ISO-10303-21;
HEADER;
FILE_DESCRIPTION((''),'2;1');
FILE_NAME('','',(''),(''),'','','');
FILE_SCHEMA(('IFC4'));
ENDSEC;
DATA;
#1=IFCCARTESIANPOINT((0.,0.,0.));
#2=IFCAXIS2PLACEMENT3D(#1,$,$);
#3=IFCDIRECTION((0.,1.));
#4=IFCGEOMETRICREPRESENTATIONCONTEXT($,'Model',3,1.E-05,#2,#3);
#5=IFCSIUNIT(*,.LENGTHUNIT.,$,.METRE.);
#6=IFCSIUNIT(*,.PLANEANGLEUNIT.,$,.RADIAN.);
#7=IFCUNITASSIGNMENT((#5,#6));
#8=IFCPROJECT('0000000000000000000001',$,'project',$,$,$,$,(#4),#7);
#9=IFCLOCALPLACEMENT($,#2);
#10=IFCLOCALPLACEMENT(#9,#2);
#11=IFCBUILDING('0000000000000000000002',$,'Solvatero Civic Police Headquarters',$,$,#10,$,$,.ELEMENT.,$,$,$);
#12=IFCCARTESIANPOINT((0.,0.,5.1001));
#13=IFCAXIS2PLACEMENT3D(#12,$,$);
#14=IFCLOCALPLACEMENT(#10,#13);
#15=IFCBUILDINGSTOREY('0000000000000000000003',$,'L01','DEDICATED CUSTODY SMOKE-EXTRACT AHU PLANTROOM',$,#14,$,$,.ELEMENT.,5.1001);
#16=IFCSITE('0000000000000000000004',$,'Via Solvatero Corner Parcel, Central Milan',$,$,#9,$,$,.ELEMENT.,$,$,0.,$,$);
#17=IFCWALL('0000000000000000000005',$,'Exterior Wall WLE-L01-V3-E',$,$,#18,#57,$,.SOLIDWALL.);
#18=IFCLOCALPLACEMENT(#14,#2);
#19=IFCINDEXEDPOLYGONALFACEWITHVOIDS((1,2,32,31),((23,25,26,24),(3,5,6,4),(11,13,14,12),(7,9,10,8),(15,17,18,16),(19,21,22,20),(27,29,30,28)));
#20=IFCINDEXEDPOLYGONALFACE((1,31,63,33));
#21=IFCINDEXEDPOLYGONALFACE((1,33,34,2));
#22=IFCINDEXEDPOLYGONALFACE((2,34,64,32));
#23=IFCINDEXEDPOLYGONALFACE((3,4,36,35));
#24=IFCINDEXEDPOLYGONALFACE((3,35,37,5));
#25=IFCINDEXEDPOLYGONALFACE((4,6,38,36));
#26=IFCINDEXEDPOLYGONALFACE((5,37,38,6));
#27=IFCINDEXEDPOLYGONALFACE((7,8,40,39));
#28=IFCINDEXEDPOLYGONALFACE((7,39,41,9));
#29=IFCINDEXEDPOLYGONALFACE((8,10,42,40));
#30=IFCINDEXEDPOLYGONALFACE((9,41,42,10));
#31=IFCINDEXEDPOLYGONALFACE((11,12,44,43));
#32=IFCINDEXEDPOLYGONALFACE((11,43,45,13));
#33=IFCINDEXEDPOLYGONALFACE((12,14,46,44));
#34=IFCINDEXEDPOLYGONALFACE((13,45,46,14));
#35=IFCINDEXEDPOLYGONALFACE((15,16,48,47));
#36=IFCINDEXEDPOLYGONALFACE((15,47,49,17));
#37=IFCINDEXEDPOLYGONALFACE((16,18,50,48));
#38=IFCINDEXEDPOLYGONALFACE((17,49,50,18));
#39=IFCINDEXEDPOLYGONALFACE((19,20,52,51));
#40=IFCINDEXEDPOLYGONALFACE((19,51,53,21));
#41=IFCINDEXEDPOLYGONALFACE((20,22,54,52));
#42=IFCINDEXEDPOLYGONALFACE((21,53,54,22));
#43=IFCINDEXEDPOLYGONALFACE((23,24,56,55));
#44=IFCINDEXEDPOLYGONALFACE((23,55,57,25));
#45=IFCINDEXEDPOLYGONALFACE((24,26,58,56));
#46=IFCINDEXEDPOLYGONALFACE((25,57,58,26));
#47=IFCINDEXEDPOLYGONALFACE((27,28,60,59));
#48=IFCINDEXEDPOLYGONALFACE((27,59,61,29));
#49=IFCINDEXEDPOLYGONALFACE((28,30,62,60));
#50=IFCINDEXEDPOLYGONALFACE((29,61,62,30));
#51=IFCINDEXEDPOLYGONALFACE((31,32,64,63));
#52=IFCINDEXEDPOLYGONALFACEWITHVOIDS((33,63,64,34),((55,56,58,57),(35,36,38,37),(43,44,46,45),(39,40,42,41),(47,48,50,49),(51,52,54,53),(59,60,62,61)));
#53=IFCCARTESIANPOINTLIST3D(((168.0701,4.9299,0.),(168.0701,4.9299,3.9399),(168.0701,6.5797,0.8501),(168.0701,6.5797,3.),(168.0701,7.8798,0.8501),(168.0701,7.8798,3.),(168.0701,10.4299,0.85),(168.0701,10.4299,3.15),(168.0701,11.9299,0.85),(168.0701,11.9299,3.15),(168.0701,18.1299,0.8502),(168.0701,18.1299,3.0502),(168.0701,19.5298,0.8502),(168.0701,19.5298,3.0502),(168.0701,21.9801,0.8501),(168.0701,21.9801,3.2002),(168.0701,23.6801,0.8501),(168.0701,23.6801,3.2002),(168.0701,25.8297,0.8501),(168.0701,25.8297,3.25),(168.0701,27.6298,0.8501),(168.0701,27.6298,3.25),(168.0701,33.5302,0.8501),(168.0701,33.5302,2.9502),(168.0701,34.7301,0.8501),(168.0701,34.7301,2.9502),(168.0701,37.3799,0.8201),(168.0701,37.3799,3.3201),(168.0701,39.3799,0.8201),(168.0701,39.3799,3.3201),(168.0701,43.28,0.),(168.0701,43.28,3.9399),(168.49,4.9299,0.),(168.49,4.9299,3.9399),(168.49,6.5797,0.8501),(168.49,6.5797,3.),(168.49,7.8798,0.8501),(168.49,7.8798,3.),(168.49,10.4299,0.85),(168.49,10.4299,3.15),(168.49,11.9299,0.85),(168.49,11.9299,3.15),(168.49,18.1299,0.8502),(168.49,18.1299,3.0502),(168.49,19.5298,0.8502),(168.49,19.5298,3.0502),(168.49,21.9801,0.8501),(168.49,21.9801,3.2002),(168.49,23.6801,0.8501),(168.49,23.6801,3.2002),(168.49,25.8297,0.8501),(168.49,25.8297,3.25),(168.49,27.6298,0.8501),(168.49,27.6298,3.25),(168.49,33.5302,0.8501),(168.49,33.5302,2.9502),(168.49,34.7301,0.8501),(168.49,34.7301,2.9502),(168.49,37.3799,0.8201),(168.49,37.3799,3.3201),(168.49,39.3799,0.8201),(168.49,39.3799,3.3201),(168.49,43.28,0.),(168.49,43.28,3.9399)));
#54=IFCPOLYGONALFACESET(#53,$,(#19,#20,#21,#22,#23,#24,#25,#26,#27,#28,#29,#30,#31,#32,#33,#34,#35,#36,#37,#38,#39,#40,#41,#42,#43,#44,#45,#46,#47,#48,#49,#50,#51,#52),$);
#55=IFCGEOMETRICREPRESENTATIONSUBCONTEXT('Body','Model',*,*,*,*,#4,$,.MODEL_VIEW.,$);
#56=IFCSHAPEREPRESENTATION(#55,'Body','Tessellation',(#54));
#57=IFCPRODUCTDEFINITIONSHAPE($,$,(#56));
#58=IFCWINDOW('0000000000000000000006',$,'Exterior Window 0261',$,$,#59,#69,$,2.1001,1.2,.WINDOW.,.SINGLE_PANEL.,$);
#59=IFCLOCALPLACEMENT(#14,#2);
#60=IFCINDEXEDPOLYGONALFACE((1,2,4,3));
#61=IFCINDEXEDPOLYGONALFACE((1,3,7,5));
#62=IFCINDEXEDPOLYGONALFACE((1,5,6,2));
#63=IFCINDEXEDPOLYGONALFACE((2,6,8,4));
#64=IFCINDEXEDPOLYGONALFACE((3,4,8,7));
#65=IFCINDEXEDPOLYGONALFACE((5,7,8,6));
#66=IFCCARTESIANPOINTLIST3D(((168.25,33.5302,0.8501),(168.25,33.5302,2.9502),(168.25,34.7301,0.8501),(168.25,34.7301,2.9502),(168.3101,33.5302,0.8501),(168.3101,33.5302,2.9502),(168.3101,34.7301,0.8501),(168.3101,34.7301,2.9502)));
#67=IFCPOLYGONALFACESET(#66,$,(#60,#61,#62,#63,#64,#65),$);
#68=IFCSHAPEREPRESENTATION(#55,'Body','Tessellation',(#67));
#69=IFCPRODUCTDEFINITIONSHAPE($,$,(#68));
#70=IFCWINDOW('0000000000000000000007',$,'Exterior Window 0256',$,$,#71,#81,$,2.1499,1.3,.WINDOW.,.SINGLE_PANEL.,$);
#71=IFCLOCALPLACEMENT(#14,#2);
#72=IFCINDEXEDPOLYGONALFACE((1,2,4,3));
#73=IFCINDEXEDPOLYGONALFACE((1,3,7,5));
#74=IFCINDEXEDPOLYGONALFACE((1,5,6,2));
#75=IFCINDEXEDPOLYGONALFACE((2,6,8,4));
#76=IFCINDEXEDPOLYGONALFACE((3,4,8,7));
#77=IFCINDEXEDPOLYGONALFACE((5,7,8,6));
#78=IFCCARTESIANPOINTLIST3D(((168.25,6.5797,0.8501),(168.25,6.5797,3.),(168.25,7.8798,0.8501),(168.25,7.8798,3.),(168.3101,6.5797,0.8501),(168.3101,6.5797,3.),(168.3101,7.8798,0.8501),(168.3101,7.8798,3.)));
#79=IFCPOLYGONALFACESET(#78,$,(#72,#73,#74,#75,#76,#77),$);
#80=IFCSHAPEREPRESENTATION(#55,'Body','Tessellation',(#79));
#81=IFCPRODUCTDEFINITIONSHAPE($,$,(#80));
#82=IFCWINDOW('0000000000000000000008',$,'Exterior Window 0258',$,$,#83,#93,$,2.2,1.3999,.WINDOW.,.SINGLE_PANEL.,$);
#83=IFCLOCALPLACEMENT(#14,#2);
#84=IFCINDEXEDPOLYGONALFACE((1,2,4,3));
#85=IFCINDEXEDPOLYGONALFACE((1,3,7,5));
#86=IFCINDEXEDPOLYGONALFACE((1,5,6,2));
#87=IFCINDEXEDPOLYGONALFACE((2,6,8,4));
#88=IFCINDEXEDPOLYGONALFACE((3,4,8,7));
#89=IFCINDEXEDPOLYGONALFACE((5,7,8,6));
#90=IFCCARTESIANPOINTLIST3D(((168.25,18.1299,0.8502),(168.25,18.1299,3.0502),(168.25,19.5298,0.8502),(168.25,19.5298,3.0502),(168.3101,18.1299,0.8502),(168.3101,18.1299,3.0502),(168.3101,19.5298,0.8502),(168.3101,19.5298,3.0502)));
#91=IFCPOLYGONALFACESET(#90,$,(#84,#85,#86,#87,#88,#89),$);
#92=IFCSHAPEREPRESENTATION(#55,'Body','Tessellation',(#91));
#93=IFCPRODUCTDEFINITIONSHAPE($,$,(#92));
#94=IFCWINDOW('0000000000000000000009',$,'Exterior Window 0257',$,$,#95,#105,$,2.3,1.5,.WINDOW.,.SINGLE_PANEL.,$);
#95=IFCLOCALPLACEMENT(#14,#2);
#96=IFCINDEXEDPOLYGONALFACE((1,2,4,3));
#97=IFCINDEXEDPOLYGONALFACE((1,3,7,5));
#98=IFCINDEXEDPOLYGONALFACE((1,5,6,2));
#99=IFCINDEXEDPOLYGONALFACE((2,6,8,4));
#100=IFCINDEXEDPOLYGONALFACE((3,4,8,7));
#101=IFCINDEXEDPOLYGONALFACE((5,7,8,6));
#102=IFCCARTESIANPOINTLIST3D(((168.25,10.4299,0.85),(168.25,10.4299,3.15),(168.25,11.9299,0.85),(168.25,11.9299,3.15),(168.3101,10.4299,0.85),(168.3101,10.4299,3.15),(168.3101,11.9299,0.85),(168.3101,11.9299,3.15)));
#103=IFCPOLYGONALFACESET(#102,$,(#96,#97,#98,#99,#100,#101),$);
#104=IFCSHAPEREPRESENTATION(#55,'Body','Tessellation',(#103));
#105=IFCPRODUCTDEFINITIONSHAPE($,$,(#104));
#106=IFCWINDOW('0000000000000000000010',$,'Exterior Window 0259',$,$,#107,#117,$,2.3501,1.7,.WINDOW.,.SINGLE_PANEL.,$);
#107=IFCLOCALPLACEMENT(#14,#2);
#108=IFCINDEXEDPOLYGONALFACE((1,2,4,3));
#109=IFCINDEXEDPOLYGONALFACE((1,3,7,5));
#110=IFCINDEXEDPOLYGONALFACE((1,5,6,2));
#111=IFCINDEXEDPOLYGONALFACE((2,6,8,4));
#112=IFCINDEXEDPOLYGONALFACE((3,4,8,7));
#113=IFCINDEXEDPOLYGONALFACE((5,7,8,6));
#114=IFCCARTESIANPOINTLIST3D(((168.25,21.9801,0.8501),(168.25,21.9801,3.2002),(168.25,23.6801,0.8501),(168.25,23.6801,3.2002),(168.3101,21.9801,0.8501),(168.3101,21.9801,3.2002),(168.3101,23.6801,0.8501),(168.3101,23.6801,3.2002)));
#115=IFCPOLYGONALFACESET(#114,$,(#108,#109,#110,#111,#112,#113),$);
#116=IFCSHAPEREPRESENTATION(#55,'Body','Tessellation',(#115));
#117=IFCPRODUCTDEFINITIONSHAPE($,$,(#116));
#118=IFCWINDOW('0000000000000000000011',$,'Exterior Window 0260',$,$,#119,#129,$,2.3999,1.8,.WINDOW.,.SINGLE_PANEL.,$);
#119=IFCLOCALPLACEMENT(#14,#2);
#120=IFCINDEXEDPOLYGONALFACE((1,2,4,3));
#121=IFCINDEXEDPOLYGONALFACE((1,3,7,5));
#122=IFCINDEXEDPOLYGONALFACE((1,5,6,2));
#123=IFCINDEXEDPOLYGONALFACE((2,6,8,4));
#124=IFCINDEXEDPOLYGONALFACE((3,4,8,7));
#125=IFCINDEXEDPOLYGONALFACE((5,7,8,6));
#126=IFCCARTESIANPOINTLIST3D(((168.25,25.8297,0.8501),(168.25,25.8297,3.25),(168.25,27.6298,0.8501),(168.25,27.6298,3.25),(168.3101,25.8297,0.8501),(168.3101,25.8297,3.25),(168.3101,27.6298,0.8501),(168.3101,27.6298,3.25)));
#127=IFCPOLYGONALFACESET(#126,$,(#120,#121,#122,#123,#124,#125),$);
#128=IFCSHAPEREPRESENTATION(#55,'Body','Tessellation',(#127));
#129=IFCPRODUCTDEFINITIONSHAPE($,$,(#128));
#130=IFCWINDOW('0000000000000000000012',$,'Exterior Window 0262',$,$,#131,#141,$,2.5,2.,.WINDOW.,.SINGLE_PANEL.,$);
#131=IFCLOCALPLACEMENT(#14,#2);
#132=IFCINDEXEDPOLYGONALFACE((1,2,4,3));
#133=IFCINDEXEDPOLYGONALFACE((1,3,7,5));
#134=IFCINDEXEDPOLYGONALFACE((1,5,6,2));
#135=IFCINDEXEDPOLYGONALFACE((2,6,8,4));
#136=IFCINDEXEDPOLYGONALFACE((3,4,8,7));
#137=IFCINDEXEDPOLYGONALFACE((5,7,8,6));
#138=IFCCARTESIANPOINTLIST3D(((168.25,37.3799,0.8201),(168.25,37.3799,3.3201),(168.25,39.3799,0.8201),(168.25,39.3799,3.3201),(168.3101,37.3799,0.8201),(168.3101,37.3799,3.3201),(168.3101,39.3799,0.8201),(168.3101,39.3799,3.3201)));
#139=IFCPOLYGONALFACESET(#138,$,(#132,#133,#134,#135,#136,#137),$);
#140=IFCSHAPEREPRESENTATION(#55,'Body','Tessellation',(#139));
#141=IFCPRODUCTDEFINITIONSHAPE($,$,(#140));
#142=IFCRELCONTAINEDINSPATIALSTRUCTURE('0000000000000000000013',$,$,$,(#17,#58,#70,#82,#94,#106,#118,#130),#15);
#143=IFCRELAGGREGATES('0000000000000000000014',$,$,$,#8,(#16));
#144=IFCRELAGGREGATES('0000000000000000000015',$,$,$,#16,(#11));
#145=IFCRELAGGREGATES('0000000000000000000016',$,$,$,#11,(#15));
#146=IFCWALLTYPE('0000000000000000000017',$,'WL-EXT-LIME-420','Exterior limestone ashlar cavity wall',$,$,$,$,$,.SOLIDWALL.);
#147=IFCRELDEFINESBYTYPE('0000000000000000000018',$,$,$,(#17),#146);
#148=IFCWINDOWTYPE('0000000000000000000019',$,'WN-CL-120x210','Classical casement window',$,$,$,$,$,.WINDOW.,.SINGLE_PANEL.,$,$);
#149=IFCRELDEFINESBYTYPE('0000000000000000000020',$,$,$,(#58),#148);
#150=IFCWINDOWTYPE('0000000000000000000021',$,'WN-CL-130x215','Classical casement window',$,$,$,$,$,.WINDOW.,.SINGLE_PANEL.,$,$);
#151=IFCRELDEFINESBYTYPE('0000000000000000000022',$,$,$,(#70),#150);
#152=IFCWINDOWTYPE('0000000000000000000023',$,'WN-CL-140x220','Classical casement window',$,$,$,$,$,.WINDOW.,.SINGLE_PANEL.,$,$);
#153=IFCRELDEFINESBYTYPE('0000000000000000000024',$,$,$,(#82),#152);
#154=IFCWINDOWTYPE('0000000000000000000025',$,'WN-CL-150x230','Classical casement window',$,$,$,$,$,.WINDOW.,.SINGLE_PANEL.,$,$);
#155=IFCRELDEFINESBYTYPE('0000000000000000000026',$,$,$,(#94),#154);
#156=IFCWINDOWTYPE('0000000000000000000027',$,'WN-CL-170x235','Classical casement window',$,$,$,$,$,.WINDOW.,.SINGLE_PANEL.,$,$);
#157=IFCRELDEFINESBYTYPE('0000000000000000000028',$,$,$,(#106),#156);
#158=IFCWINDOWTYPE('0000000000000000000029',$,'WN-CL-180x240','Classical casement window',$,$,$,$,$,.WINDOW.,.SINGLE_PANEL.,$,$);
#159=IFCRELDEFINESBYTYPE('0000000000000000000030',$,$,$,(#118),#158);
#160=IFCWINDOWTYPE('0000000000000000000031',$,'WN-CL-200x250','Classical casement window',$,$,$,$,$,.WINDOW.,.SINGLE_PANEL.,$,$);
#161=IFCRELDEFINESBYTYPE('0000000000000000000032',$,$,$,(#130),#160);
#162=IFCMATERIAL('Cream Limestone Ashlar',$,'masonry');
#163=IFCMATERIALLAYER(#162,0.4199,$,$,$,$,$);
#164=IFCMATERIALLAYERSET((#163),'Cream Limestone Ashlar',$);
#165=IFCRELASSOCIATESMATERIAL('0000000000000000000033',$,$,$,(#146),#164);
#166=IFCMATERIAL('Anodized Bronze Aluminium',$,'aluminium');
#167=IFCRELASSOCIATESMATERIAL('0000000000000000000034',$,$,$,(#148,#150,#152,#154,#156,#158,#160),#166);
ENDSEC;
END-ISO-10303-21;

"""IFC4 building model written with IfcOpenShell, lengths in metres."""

from ifc_helpers import new_model, si_unit, direction, frame, frame_2d, origin, place, context, subcontext, project, spatial, rectangle, extrude, material, layer, layer_set, type_object, element, fill, save


model = new_model("IFC4")

# Units and contexts
model_context = context("Model", 3, precision=1e-05, world=origin(), true_north=direction((0.0, 1.0)))
body_context = subcontext(model_context, "Body", "Model", "MODEL_VIEW")
ifc_project = project(units=[si_unit("LENGTHUNIT", "METRE"), si_unit("PLANEANGLEUNIT", "RADIAN")], contexts=[model_context])

# Site, building, storey
site_placement = place(None, origin())
site = spatial("IfcSite", under=ifc_project, at=site_placement, Name="Via Solvatero Corner Parcel, Central Milan", CompositionType="ELEMENT", RefElevation=0.0)
building_placement = place(site_placement, origin())
building = spatial("IfcBuilding", under=site, at=building_placement, Name="Solvatero Civic Police Headquarters", CompositionType="ELEMENT")
storey_placement = place(building_placement, frame((0.0, 0.0, 5.1001)))
storey = spatial("IfcBuildingStorey", under=building, at=storey_placement, Name="L01", Description="DEDICATED CUSTODY SMOKE-EXTRACT AHU PLANTROOM", CompositionType="ELEMENT", Elevation=5.1001)

# Wall, openings, windows
ifc_material_1 = material(Name="Cream Limestone Ashlar", Category="masonry")
ifc_layer_1 = layer(ifc_material_1, 0.4199)
ifc_layer_set_1 = layer_set([ifc_layer_1], Name="Cream Limestone Ashlar")
wall_type_1 = type_object("IfcWallType", Name="WL-EXT-LIME-420", Description="Exterior limestone ashlar cavity wall", PredefinedType="SOLIDWALL", material=ifc_layer_set_1)
wall_1_placement = place(storey_placement, frame((168.28, 4.9299, 0.0), z_axis=(0.0, 0.0, 1.0), x_axis=(0.0, 1.0, 0.0)))
wall_1 = element("IfcWall", 1, at=wall_1_placement, inside=storey, type_object=wall_type_1, Name="Exterior Wall WLE-L01-V3-E", PredefinedType="SOLIDWALL", context=body_context, shape_type="SweptSolid", body=[
    extrude(rectangle(XDim=38.3501, YDim=0.4199, at=frame_2d((19.175, 0.0))), origin(), (0.0, 0.0, 1.0), 3.9399),
])
opening_1_placement = place(wall_1_placement, frame((1.6499, 0.0, 0.8501)))
opening_1 = element("IfcOpeningElement", 2, at=opening_1_placement, cuts=wall_1, PredefinedType="OPENING", context=body_context, shape_type="SweptSolid", body=[
    extrude(rectangle(XDim=1.3, YDim=2.1499, at=frame_2d((0.6499, 1.075))), frame((0.0, 0.22, 0.0), z_axis=(0.0, -1.0, 0.0), x_axis=(1.0, 0.0, 0.0)), (0.0, 0.0, 1.0), 0.4399),
])
opening_2_placement = place(wall_1_placement, frame((5.5, 0.0, 0.8501)))
opening_2 = element("IfcOpeningElement", 3, at=opening_2_placement, cuts=wall_1, PredefinedType="OPENING", context=body_context, shape_type="SweptSolid", body=[
    extrude(rectangle(XDim=1.5, YDim=2.3, at=frame_2d((0.75, 1.1499))), frame((0.0, 0.22, 0.0), z_axis=(0.0, -1.0, 0.0), x_axis=(1.0, 0.0, 0.0)), (0.0, 0.0, 1.0), 0.4399),
])
opening_3_placement = place(wall_1_placement, frame((13.2, 0.0, 0.8501)))
opening_3 = element("IfcOpeningElement", 4, at=opening_3_placement, cuts=wall_1, PredefinedType="OPENING", context=body_context, shape_type="SweptSolid", body=[
    extrude(rectangle(XDim=1.3999, YDim=2.2, at=frame_2d((0.7, 1.1001))), frame((0.0, 0.22, 0.0), z_axis=(0.0, -1.0, 0.0), x_axis=(1.0, 0.0, 0.0)), (0.0, 0.0, 1.0), 0.4399),
])
opening_4_placement = place(wall_1_placement, frame((17.05, 0.0, 0.8501)))
opening_4 = element("IfcOpeningElement", 5, at=opening_4_placement, cuts=wall_1, PredefinedType="OPENING", context=body_context, shape_type="SweptSolid", body=[
    extrude(rectangle(XDim=1.7, YDim=2.3501, at=frame_2d((0.8501, 1.175))), frame((0.0, 0.22, 0.0), z_axis=(0.0, -1.0, 0.0), x_axis=(1.0, 0.0, 0.0)), (0.0, 0.0, 1.0), 0.4399),
])
opening_5_placement = place(wall_1_placement, frame((20.8999, 0.0, 0.8501)))
opening_5 = element("IfcOpeningElement", 6, at=opening_5_placement, cuts=wall_1, PredefinedType="OPENING", context=body_context, shape_type="SweptSolid", body=[
    extrude(rectangle(XDim=1.8, YDim=2.3999, at=frame_2d((0.8999, 1.2))), frame((0.0, 0.22, 0.0), z_axis=(0.0, -1.0, 0.0), x_axis=(1.0, 0.0, 0.0)), (0.0, 0.0, 1.0), 0.4399),
])
opening_6_placement = place(wall_1_placement, frame((28.6001, 0.0, 0.8501)))
opening_6 = element("IfcOpeningElement", 7, at=opening_6_placement, cuts=wall_1, PredefinedType="OPENING", context=body_context, shape_type="SweptSolid", body=[
    extrude(rectangle(XDim=1.2, YDim=2.1001, at=frame_2d((0.6001, 1.05))), frame((0.0, 0.22, 0.0), z_axis=(0.0, -1.0, 0.0), x_axis=(1.0, 0.0, 0.0)), (0.0, 0.0, 1.0), 0.4399),
])
opening_7_placement = place(wall_1_placement, frame((32.45, 0.0, 0.8201)))
opening_7 = element("IfcOpeningElement", 8, at=opening_7_placement, cuts=wall_1, PredefinedType="OPENING", context=body_context, shape_type="SweptSolid", body=[
    extrude(rectangle(XDim=2.0, YDim=2.5, at=frame_2d((1.0, 1.25))), frame((0.0, 0.22, 0.0), z_axis=(0.0, -1.0, 0.0), x_axis=(1.0, 0.0, 0.0)), (0.0, 0.0, 1.0), 0.4399),
])
ifc_material_2 = material(Name="Anodized Bronze Aluminium", Category="aluminium")
window_type_1 = type_object("IfcWindowType", Name="WN-CL-120x210", Description="Classical casement window", PartitioningType="SINGLE_PANEL", PredefinedType="WINDOW", material=ifc_material_2)
window_1_placement = place(opening_6_placement, origin())
window_1 = element("IfcWindow", 9, at=window_1_placement, inside=storey, type_object=window_type_1, Name="Exterior Window 0261", OverallHeight=2.1001, OverallWidth=1.2, PartitioningType="SINGLE_PANEL", PredefinedType="WINDOW", context=body_context, shape_type="SweptSolid", body=[
    extrude(rectangle(XDim=1.2, YDim=2.1001, at=frame_2d((0.6001, 1.05))), frame((0.0, 0.03, 0.0), z_axis=(0.0, -1.0, 0.0), x_axis=(1.0, 0.0, 0.0)), (0.0, 0.0, 1.0), 0.0601),
])
fill(opening_6, window_1)
window_type_2 = type_object("IfcWindowType", Name="WN-CL-130x215", Description="Classical casement window", PartitioningType="SINGLE_PANEL", PredefinedType="WINDOW", material=ifc_material_2)
window_2_placement = place(opening_1_placement, origin())
window_2 = element("IfcWindow", 10, at=window_2_placement, inside=storey, type_object=window_type_2, Name="Exterior Window 0256", OverallHeight=2.1499, OverallWidth=1.3, PartitioningType="SINGLE_PANEL", PredefinedType="WINDOW", context=body_context, shape_type="SweptSolid", body=[
    extrude(rectangle(XDim=1.3, YDim=2.1499, at=frame_2d((0.6499, 1.075))), frame((0.0, 0.03, 0.0), z_axis=(0.0, -1.0, 0.0), x_axis=(1.0, 0.0, 0.0)), (0.0, 0.0, 1.0), 0.0601),
])
fill(opening_1, window_2)
window_type_3 = type_object("IfcWindowType", Name="WN-CL-140x220", Description="Classical casement window", PartitioningType="SINGLE_PANEL", PredefinedType="WINDOW", material=ifc_material_2)
window_3_placement = place(opening_3_placement, origin())
window_3 = element("IfcWindow", 11, at=window_3_placement, inside=storey, type_object=window_type_3, Name="Exterior Window 0258", OverallHeight=2.2, OverallWidth=1.3999, PartitioningType="SINGLE_PANEL", PredefinedType="WINDOW", context=body_context, shape_type="SweptSolid", body=[
    extrude(rectangle(XDim=1.3999, YDim=2.2, at=frame_2d((0.7, 1.1001))), frame((0.0, 0.03, 0.0), z_axis=(0.0, -1.0, 0.0), x_axis=(1.0, 0.0, 0.0)), (0.0, 0.0, 1.0), 0.0601),
])
fill(opening_3, window_3)
window_type_4 = type_object("IfcWindowType", Name="WN-CL-150x230", Description="Classical casement window", PartitioningType="SINGLE_PANEL", PredefinedType="WINDOW", material=ifc_material_2)
window_4_placement = place(opening_2_placement, origin())
window_4 = element("IfcWindow", 12, at=window_4_placement, inside=storey, type_object=window_type_4, Name="Exterior Window 0257", OverallHeight=2.3, OverallWidth=1.5, PartitioningType="SINGLE_PANEL", PredefinedType="WINDOW", context=body_context, shape_type="SweptSolid", body=[
    extrude(rectangle(XDim=1.5, YDim=2.3, at=frame_2d((0.75, 1.1499))), frame((0.0, 0.03, 0.0), z_axis=(0.0, -1.0, 0.0), x_axis=(1.0, 0.0, 0.0)), (0.0, 0.0, 1.0), 0.0601),
])
fill(opening_2, window_4)
window_type_5 = type_object("IfcWindowType", Name="WN-CL-170x235", Description="Classical casement window", PartitioningType="SINGLE_PANEL", PredefinedType="WINDOW", material=ifc_material_2)
window_5_placement = place(opening_4_placement, origin())
window_5 = element("IfcWindow", 13, at=window_5_placement, inside=storey, type_object=window_type_5, Name="Exterior Window 0259", OverallHeight=2.3501, OverallWidth=1.7, PartitioningType="SINGLE_PANEL", PredefinedType="WINDOW", context=body_context, shape_type="SweptSolid", body=[
    extrude(rectangle(XDim=1.7, YDim=2.3501, at=frame_2d((0.8501, 1.175))), frame((0.0, 0.03, 0.0), z_axis=(0.0, -1.0, 0.0), x_axis=(1.0, 0.0, 0.0)), (0.0, 0.0, 1.0), 0.0601),
])
fill(opening_4, window_5)
window_type_6 = type_object("IfcWindowType", Name="WN-CL-180x240", Description="Classical casement window", PartitioningType="SINGLE_PANEL", PredefinedType="WINDOW", material=ifc_material_2)
window_6_placement = place(opening_5_placement, origin())
window_6 = element("IfcWindow", 14, at=window_6_placement, inside=storey, type_object=window_type_6, Name="Exterior Window 0260", OverallHeight=2.3999, OverallWidth=1.8, PartitioningType="SINGLE_PANEL", PredefinedType="WINDOW", context=body_context, shape_type="SweptSolid", body=[
    extrude(rectangle(XDim=1.8, YDim=2.3999, at=frame_2d((0.8999, 1.2))), frame((0.0, 0.03, 0.0), z_axis=(0.0, -1.0, 0.0), x_axis=(1.0, 0.0, 0.0)), (0.0, 0.0, 1.0), 0.0601),
])
fill(opening_5, window_6)
window_type_7 = type_object("IfcWindowType", Name="WN-CL-200x250", Description="Classical casement window", PartitioningType="SINGLE_PANEL", PredefinedType="WINDOW", material=ifc_material_2)
window_7_placement = place(opening_7_placement, origin())
window_7 = element("IfcWindow", 15, at=window_7_placement, inside=storey, type_object=window_type_7, Name="Exterior Window 0262", OverallHeight=2.5, OverallWidth=2.0, PartitioningType="SINGLE_PANEL", PredefinedType="WINDOW", context=body_context, shape_type="SweptSolid", body=[
    extrude(rectangle(XDim=2.0, YDim=2.5, at=frame_2d((1.0, 1.25))), frame((0.0, 0.03, 0.0), z_axis=(0.0, -1.0, 0.0), x_axis=(1.0, 0.0, 0.0)), (0.0, 0.0, 1.0), 0.0601),
])
fill(opening_7, window_7)

save(model, "model.ifc")
